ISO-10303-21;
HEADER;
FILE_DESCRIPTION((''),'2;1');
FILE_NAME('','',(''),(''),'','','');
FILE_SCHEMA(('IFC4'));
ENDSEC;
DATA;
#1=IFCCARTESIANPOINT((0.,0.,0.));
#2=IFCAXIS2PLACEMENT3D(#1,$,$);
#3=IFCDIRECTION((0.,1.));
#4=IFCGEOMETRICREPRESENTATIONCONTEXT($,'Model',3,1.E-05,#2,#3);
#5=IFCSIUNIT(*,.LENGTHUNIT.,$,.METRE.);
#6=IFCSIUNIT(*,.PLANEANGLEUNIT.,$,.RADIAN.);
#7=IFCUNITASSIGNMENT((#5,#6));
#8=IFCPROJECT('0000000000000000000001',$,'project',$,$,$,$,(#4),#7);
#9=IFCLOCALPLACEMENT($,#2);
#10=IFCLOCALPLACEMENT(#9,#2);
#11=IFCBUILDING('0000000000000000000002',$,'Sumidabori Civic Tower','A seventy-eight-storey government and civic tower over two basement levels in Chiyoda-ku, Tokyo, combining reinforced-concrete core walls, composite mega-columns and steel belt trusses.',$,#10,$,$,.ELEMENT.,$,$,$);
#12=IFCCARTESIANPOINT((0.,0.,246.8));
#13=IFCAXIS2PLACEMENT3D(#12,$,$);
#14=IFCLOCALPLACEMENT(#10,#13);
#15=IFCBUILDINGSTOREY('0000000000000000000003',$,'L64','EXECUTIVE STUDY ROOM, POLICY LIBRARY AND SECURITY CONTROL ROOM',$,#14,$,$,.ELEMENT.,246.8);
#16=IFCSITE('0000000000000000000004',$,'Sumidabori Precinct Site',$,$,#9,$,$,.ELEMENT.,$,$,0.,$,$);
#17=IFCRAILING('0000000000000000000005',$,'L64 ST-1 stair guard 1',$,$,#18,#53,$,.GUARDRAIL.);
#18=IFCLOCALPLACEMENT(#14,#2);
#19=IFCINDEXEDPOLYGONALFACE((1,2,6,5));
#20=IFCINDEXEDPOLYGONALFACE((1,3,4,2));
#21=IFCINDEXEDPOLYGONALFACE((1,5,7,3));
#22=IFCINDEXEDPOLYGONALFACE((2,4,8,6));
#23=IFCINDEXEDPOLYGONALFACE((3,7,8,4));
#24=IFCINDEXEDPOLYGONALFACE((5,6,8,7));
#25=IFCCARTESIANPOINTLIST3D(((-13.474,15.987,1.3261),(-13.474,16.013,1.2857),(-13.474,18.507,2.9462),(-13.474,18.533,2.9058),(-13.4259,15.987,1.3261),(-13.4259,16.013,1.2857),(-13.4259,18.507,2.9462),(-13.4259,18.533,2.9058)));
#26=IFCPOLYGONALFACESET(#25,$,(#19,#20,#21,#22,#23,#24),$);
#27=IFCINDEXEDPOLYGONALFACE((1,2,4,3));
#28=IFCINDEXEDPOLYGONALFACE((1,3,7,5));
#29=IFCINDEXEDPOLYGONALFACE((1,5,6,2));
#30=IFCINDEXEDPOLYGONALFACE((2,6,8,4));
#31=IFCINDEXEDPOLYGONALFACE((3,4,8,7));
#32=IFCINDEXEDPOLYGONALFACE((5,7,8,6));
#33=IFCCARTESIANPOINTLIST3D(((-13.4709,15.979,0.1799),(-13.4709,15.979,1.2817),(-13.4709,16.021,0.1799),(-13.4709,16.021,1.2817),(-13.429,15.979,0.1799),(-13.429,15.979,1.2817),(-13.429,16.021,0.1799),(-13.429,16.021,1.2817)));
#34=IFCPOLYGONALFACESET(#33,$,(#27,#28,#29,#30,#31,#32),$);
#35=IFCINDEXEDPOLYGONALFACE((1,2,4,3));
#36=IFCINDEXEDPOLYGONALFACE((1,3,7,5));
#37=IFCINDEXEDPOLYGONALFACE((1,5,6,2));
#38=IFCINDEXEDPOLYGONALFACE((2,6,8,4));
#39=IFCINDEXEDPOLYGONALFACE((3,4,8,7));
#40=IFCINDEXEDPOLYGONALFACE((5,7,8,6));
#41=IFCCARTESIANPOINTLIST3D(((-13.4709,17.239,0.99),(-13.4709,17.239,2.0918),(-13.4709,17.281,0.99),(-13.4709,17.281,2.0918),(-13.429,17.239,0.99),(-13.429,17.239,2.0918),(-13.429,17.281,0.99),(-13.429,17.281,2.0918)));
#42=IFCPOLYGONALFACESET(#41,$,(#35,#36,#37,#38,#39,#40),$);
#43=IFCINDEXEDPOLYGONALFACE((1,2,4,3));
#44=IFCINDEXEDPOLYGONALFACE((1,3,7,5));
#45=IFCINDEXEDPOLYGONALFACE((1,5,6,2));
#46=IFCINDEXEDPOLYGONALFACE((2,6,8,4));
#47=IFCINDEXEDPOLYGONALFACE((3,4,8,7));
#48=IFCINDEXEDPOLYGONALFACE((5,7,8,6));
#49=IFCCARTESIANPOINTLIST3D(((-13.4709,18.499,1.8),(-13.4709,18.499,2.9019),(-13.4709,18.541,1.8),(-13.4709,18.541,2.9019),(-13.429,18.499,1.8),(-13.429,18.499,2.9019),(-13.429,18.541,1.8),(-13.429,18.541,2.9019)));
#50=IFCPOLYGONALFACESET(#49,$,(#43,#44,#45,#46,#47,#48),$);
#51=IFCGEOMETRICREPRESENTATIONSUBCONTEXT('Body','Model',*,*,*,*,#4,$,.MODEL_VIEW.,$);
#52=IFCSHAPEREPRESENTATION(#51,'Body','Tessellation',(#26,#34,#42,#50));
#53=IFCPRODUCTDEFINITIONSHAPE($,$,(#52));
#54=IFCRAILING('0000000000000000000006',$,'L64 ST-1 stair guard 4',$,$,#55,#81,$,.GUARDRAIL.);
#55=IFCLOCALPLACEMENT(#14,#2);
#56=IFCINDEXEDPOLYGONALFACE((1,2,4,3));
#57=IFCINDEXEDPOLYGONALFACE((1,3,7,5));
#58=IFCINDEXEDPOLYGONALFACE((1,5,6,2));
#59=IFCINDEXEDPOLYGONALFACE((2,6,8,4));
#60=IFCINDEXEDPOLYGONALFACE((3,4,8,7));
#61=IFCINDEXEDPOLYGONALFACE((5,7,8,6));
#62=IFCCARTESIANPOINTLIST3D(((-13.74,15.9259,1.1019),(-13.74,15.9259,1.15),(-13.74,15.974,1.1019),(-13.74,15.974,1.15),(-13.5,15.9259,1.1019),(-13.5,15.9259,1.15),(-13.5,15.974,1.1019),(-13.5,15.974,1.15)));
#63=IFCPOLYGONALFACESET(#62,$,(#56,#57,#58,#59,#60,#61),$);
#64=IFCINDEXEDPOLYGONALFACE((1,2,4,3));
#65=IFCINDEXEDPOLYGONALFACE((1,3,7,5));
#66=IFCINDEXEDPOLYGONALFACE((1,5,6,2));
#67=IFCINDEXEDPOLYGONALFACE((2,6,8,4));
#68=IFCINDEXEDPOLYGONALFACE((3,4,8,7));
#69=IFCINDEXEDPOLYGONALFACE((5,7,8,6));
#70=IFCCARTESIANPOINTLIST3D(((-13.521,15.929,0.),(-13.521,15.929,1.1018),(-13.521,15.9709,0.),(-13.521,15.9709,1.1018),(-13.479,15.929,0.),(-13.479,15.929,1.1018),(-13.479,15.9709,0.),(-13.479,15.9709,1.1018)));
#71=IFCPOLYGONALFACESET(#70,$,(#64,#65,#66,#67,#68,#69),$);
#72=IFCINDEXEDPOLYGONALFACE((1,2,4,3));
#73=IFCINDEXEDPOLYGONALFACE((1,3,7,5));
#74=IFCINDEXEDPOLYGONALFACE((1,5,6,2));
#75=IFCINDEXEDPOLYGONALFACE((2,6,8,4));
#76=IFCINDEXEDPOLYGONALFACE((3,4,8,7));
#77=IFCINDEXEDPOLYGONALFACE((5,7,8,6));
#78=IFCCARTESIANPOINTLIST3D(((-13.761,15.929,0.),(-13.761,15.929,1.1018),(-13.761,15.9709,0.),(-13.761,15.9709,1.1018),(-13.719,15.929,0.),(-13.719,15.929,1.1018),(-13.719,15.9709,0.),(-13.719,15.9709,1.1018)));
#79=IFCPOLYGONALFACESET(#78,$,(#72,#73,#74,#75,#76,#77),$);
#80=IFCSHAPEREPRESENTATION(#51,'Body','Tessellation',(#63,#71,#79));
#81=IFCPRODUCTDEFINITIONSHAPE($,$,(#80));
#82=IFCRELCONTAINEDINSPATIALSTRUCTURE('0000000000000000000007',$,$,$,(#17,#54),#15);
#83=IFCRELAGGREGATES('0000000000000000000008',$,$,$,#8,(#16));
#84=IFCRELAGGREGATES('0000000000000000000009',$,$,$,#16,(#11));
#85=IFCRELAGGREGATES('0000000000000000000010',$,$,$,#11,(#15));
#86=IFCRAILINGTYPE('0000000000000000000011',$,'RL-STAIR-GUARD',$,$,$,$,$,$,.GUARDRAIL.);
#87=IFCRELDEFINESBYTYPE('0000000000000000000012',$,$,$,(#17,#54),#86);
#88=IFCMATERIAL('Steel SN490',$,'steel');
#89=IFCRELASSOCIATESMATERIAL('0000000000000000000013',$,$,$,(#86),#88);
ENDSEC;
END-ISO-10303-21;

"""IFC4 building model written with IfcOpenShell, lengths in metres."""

from ifc_helpers import new_model, si_unit, direction, frame, origin, origin_2d, place, context, subcontext, project, spatial, rectangle, extrude, material, type_object, element, save


model = new_model("IFC4")

# Units and contexts
model_context = context("Model", 3, precision=1e-05, world=origin(), true_north=direction((0.0, 1.0)))
body_context = subcontext(model_context, "Body", "Model", "MODEL_VIEW")
ifc_project = project(units=[si_unit("LENGTHUNIT", "METRE"), si_unit("PLANEANGLEUNIT", "RADIAN")], contexts=[model_context])

# Site, building, storey
site_placement = place(None, origin())
site = spatial("IfcSite", under=ifc_project, at=site_placement, Name="Sumidabori Precinct Site", CompositionType="ELEMENT", RefElevation=0.0)
building_placement = place(site_placement, origin())
building = spatial("IfcBuilding", under=site, at=building_placement, Name="Sumidabori Civic Tower", Description="A seventy-eight-storey government and civic tower over two basement levels in Chiyoda-ku, Tokyo, combining reinforced-concrete core walls, composite mega-columns and steel belt trusses.", CompositionType="ELEMENT")
storey_placement = place(building_placement, frame((0.0, 0.0, 246.8)))
storey = spatial("IfcBuildingStorey", under=building, at=storey_placement, Name="L64", Description="EXECUTIVE STUDY ROOM, POLICY LIBRARY AND SECURITY CONTROL ROOM", CompositionType="ELEMENT", Elevation=246.8)

# Shared definitions
ifc_material_1 = material(Name="Steel SN490", Category="steel")

# Railings
railing_type_1 = type_object("IfcRailingType", Name="RL-STAIR-GUARD", PredefinedType="GUARDRAIL", material=ifc_material_1)
railing_1_placement = place(storey_placement, frame((-13.45, 16.0, 0.1799)))
element("IfcRailing", 1, at=railing_1_placement, inside=storey, type_object=railing_type_1, Name="L64 ST-1 stair guard 1", PredefinedType="GUARDRAIL", context=body_context, shape_type="SweptSolid", body=[
    extrude(rectangle(XDim=0.0481, YDim=0.0481, at=origin_2d()), frame((0.0, 0.0, 1.126), z_axis=(0.0, 0.841163, 0.540782), x_axis=(-1.0, 0.0, 0.0)), (0.0, 0.0, 1.0), 2.9958),
    extrude(rectangle(XDim=0.042, YDim=0.042, at=origin_2d()), origin(), (0.0, 0.0, 1.0), 1.1018),
    extrude(rectangle(XDim=0.042, YDim=0.042, at=origin_2d()), frame((0.0, 1.26, 0.8101)), (0.0, 0.0, 1.0), 1.1018),
    extrude(rectangle(XDim=0.042, YDim=0.042, at=origin_2d()), frame((0.0, 2.52, 1.6201)), (0.0, 0.0, 1.0), 1.1018),
])
railing_2_placement = place(storey_placement, frame((-13.5, 15.95, 0.0)))
element("IfcRailing", 2, at=railing_2_placement, inside=storey, type_object=railing_type_1, Name="L64 ST-1 stair guard 4", PredefinedType="GUARDRAIL", context=body_context, shape_type="SweptSolid", body=[
    extrude(rectangle(XDim=0.0481, YDim=0.0481, at=origin_2d()), frame((0.0, 0.0, 1.126), z_axis=(-1.0, 0.0, 0.0), x_axis=(0.0, -1.0, 0.0)), (0.0, 0.0, 1.0), 0.24),
    extrude(rectangle(XDim=0.042, YDim=0.042, at=origin_2d()), origin(), (0.0, 0.0, 1.0), 1.1018),
    extrude(rectangle(XDim=0.042, YDim=0.042, at=origin_2d()), frame((-0.24, 0.0, 0.0)), (0.0, 0.0, 1.0), 1.1018),
])

save(model, "model.ifc")
